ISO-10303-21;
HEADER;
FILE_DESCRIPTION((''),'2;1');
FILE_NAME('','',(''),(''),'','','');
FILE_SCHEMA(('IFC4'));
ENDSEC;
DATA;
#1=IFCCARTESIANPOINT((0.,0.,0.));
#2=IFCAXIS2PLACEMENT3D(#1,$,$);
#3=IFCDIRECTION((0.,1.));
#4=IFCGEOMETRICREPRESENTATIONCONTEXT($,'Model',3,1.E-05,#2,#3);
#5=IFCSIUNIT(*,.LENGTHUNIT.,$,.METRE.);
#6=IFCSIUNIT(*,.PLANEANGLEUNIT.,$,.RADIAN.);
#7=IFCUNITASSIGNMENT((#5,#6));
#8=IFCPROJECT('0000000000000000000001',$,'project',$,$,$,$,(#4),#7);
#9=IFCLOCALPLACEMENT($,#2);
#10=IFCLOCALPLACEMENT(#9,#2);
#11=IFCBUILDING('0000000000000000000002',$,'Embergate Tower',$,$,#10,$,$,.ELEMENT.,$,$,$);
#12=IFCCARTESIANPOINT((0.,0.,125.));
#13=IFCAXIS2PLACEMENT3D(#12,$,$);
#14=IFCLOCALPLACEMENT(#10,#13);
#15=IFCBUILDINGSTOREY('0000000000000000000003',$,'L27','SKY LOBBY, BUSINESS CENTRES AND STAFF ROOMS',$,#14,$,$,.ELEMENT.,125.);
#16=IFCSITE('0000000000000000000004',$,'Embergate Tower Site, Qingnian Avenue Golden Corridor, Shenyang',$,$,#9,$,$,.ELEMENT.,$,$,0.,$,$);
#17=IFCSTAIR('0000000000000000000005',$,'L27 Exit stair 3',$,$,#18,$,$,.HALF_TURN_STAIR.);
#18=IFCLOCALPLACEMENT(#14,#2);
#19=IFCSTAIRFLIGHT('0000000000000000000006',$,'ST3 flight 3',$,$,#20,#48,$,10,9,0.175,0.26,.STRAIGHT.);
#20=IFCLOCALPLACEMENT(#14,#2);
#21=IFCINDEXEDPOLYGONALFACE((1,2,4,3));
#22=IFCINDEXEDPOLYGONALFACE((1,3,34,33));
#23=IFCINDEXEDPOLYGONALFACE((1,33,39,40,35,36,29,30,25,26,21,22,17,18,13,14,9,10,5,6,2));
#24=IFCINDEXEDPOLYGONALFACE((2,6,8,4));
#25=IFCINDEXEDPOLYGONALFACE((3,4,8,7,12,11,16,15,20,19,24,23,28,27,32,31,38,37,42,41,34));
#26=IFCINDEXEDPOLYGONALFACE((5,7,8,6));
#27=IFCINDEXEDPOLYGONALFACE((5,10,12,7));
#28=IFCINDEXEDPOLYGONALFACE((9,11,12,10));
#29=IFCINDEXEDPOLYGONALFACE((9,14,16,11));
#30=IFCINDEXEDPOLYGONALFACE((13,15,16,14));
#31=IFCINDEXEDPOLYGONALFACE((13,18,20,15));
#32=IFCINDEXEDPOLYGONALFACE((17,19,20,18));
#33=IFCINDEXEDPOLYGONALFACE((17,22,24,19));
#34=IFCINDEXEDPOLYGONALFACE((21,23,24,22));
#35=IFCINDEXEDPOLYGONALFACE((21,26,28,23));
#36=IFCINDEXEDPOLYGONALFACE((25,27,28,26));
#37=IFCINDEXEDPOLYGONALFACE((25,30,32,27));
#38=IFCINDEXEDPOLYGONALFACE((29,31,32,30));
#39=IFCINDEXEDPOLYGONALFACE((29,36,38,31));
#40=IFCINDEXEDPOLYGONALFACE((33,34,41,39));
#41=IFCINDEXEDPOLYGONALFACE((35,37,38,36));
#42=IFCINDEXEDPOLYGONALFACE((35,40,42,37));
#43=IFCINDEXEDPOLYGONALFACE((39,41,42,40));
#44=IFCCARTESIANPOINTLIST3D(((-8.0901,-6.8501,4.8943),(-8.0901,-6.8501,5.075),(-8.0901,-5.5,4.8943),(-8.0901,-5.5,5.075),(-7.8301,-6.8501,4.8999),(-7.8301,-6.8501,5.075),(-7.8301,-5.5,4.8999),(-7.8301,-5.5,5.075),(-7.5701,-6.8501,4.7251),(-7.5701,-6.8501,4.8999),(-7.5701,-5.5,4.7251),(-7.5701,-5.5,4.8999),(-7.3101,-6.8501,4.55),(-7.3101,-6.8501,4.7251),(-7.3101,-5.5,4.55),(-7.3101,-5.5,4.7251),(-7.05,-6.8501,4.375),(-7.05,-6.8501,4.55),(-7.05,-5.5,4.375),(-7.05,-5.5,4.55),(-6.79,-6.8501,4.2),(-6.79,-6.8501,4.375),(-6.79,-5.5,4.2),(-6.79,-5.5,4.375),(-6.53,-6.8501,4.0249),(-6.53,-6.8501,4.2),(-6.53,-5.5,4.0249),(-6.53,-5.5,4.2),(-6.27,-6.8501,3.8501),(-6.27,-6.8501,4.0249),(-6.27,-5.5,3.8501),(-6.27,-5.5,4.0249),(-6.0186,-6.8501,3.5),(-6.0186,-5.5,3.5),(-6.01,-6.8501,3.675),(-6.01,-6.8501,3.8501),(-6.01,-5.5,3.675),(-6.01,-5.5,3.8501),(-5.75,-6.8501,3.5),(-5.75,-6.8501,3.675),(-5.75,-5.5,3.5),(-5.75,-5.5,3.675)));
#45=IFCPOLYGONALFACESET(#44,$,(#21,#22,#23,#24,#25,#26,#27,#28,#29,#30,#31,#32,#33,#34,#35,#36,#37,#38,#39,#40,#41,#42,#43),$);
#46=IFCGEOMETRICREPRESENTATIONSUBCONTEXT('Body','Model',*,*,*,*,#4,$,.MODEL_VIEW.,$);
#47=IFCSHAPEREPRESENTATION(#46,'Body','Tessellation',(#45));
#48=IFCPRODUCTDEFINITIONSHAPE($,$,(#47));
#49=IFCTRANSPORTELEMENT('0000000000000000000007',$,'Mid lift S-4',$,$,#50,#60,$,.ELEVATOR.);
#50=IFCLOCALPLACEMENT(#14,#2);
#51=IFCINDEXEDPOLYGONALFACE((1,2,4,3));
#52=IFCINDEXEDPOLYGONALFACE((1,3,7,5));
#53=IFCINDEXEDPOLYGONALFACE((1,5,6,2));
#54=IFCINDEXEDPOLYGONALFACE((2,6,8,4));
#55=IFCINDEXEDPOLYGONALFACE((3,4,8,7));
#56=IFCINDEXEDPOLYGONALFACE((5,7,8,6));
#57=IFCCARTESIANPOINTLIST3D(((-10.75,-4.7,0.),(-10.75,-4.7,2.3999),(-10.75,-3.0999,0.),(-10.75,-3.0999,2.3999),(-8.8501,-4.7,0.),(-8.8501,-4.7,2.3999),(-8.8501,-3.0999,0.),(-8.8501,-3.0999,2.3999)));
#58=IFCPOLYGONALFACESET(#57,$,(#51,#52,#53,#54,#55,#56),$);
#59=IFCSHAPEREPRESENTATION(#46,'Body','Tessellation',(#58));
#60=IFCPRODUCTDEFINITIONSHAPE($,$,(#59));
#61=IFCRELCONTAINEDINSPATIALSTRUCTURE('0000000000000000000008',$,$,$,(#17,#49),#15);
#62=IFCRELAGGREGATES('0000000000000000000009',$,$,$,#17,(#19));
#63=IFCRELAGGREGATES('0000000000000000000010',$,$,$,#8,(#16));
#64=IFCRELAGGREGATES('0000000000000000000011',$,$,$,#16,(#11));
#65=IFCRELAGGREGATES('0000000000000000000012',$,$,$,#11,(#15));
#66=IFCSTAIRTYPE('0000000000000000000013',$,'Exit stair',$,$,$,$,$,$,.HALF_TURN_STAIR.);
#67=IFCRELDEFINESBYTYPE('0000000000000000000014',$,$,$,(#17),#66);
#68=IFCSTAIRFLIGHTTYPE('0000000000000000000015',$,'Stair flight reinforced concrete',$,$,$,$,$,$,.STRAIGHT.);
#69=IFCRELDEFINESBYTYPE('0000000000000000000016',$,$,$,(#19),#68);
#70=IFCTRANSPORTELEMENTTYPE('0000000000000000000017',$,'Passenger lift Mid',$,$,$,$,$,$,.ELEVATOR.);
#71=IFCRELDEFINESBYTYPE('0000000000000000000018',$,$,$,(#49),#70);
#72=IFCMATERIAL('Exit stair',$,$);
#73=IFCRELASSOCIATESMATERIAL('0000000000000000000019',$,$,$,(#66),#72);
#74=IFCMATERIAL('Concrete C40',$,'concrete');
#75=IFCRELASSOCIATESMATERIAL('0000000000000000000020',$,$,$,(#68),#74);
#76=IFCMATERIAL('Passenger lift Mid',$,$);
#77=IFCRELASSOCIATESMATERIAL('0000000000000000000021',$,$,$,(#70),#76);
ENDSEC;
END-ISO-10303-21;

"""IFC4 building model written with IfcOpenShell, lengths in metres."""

from ifc_helpers import new_model, si_unit, direction, frame, origin, origin_2d, place, context, subcontext, project, spatial, polyline, rectangle, outline, extrude, source, transform, mapped, material, type_object, element, aggregate, save


model = new_model("IFC4")

# Units and contexts
model_context = context("Model", 3, precision=1e-05, world=origin(), true_north=direction((0.0, 1.0)))
body_context = subcontext(model_context, "Body", "Model", "MODEL_VIEW")
ifc_project = project(units=[si_unit("LENGTHUNIT", "METRE"), si_unit("PLANEANGLEUNIT", "RADIAN")], contexts=[model_context])

# Site, building, storey
site_placement = place(None, origin())
site = spatial("IfcSite", under=ifc_project, at=site_placement, Name="Embergate Tower Site, Qingnian Avenue Golden Corridor, Shenyang", CompositionType="ELEMENT", RefElevation=0.0)
building_placement = place(site_placement, origin())
building = spatial("IfcBuilding", under=site, at=building_placement, Name="Embergate Tower", CompositionType="ELEMENT")
storey_placement = place(building_placement, frame((0.0, 0.0, 125.0)))
storey = spatial("IfcBuildingStorey", under=building, at=storey_placement, Name="L27", Description="SKY LOBBY, BUSINESS CENTRES AND STAFF ROOMS", CompositionType="ELEMENT", Elevation=125.0)

# Stair, stair flight
ifc_material_1 = material(Name="Exit stair")
stair_type = type_object("IfcStairType", Name="Exit stair", PredefinedType="HALF_TURN_STAIR", material=ifc_material_1)
stair_placement = place(storey_placement, origin())
stair = element("IfcStair", 1, at=stair_placement, inside=storey, type_object=stair_type, Name="L27 Exit stair 3", PredefinedType="HALF_TURN_STAIR")
ifc_material_2 = material(Name="Concrete C40", Category="concrete")
stair_flight_type = type_object("IfcStairFlightType", Name="Stair flight reinforced concrete", PredefinedType="STRAIGHT", material=ifc_material_2)
shared_shape_1 = source(origin(), body_context, "Body", "SweptSolid", [
    extrude(outline(polyline([(0.0, 0.0), (0.0, 0.175), (0.26, 0.175), (0.26, 0.3501), (0.52, 0.3501), (0.52, 0.5249), (0.78, 0.5249), (0.78, 0.7), (1.04, 0.7), (1.04, 0.875), (1.3, 0.875), (1.3, 1.05), (1.5601, 1.05), (1.5601, 1.2251), (1.8201, 1.2251), (1.8201, 1.3999), (2.0801, 1.3999), (2.0801, 1.575), (2.3401, 1.575), (2.3401, 1.75), (2.3401, 1.3943), (0.2686, 0.0), (0.0, 0.0)])), frame((0.0, 0.675, 0.0), z_axis=(0.0, -1.0, 0.0), x_axis=(1.0, 0.0, 0.0)), (0.0, 0.0, 1.0), 1.3501),
])
stair_flight_1_placement = place(storey_placement, frame((-5.75, -6.175, 3.5), z_axis=(0.0, 0.0, 1.0), x_axis=(-1.0, 0.0, 0.0)))
stair_flight_1 = element("IfcStairFlight", 2, at=stair_flight_1_placement, type_object=stair_flight_type, Name="ST3 flight 3", NumberOfRisers=10, NumberOfTreads=9, PredefinedType="STRAIGHT", RiserHeight=0.175, TreadLength=0.26, context=body_context, shape_type="MappedRepresentation", body=[
    mapped(shared_shape_1, transform((0.0, 0.0, 0.0))),
])
aggregate(stair, [stair_flight_1])

# Transport element
ifc_material_3 = material(Name="Passenger lift Mid")
transport_element_type = type_object("IfcTransportElementType", Name="Passenger lift Mid", PredefinedType="ELEVATOR", material=ifc_material_3)
shared_shape_2 = source(origin(), body_context, "Body", "SweptSolid", [
    extrude(rectangle(XDim=1.8999, YDim=1.6001, at=origin_2d()), origin(), (0.0, 0.0, 1.0), 2.3999),
])
transport_element_placement = place(storey_placement, frame((-9.8, -3.8999, 0.0), z_axis=(0.0, 0.0, 1.0), x_axis=(1.0, 0.0, 0.0)))
element("IfcTransportElement", 3, at=transport_element_placement, inside=storey, type_object=transport_element_type, Name="Mid lift S-4", PredefinedType="ELEVATOR", context=body_context, shape_type="MappedRepresentation", body=[
    mapped(shared_shape_2, transform((0.0, 0.0, 0.0))),
])

save(model, "model.ifc")
